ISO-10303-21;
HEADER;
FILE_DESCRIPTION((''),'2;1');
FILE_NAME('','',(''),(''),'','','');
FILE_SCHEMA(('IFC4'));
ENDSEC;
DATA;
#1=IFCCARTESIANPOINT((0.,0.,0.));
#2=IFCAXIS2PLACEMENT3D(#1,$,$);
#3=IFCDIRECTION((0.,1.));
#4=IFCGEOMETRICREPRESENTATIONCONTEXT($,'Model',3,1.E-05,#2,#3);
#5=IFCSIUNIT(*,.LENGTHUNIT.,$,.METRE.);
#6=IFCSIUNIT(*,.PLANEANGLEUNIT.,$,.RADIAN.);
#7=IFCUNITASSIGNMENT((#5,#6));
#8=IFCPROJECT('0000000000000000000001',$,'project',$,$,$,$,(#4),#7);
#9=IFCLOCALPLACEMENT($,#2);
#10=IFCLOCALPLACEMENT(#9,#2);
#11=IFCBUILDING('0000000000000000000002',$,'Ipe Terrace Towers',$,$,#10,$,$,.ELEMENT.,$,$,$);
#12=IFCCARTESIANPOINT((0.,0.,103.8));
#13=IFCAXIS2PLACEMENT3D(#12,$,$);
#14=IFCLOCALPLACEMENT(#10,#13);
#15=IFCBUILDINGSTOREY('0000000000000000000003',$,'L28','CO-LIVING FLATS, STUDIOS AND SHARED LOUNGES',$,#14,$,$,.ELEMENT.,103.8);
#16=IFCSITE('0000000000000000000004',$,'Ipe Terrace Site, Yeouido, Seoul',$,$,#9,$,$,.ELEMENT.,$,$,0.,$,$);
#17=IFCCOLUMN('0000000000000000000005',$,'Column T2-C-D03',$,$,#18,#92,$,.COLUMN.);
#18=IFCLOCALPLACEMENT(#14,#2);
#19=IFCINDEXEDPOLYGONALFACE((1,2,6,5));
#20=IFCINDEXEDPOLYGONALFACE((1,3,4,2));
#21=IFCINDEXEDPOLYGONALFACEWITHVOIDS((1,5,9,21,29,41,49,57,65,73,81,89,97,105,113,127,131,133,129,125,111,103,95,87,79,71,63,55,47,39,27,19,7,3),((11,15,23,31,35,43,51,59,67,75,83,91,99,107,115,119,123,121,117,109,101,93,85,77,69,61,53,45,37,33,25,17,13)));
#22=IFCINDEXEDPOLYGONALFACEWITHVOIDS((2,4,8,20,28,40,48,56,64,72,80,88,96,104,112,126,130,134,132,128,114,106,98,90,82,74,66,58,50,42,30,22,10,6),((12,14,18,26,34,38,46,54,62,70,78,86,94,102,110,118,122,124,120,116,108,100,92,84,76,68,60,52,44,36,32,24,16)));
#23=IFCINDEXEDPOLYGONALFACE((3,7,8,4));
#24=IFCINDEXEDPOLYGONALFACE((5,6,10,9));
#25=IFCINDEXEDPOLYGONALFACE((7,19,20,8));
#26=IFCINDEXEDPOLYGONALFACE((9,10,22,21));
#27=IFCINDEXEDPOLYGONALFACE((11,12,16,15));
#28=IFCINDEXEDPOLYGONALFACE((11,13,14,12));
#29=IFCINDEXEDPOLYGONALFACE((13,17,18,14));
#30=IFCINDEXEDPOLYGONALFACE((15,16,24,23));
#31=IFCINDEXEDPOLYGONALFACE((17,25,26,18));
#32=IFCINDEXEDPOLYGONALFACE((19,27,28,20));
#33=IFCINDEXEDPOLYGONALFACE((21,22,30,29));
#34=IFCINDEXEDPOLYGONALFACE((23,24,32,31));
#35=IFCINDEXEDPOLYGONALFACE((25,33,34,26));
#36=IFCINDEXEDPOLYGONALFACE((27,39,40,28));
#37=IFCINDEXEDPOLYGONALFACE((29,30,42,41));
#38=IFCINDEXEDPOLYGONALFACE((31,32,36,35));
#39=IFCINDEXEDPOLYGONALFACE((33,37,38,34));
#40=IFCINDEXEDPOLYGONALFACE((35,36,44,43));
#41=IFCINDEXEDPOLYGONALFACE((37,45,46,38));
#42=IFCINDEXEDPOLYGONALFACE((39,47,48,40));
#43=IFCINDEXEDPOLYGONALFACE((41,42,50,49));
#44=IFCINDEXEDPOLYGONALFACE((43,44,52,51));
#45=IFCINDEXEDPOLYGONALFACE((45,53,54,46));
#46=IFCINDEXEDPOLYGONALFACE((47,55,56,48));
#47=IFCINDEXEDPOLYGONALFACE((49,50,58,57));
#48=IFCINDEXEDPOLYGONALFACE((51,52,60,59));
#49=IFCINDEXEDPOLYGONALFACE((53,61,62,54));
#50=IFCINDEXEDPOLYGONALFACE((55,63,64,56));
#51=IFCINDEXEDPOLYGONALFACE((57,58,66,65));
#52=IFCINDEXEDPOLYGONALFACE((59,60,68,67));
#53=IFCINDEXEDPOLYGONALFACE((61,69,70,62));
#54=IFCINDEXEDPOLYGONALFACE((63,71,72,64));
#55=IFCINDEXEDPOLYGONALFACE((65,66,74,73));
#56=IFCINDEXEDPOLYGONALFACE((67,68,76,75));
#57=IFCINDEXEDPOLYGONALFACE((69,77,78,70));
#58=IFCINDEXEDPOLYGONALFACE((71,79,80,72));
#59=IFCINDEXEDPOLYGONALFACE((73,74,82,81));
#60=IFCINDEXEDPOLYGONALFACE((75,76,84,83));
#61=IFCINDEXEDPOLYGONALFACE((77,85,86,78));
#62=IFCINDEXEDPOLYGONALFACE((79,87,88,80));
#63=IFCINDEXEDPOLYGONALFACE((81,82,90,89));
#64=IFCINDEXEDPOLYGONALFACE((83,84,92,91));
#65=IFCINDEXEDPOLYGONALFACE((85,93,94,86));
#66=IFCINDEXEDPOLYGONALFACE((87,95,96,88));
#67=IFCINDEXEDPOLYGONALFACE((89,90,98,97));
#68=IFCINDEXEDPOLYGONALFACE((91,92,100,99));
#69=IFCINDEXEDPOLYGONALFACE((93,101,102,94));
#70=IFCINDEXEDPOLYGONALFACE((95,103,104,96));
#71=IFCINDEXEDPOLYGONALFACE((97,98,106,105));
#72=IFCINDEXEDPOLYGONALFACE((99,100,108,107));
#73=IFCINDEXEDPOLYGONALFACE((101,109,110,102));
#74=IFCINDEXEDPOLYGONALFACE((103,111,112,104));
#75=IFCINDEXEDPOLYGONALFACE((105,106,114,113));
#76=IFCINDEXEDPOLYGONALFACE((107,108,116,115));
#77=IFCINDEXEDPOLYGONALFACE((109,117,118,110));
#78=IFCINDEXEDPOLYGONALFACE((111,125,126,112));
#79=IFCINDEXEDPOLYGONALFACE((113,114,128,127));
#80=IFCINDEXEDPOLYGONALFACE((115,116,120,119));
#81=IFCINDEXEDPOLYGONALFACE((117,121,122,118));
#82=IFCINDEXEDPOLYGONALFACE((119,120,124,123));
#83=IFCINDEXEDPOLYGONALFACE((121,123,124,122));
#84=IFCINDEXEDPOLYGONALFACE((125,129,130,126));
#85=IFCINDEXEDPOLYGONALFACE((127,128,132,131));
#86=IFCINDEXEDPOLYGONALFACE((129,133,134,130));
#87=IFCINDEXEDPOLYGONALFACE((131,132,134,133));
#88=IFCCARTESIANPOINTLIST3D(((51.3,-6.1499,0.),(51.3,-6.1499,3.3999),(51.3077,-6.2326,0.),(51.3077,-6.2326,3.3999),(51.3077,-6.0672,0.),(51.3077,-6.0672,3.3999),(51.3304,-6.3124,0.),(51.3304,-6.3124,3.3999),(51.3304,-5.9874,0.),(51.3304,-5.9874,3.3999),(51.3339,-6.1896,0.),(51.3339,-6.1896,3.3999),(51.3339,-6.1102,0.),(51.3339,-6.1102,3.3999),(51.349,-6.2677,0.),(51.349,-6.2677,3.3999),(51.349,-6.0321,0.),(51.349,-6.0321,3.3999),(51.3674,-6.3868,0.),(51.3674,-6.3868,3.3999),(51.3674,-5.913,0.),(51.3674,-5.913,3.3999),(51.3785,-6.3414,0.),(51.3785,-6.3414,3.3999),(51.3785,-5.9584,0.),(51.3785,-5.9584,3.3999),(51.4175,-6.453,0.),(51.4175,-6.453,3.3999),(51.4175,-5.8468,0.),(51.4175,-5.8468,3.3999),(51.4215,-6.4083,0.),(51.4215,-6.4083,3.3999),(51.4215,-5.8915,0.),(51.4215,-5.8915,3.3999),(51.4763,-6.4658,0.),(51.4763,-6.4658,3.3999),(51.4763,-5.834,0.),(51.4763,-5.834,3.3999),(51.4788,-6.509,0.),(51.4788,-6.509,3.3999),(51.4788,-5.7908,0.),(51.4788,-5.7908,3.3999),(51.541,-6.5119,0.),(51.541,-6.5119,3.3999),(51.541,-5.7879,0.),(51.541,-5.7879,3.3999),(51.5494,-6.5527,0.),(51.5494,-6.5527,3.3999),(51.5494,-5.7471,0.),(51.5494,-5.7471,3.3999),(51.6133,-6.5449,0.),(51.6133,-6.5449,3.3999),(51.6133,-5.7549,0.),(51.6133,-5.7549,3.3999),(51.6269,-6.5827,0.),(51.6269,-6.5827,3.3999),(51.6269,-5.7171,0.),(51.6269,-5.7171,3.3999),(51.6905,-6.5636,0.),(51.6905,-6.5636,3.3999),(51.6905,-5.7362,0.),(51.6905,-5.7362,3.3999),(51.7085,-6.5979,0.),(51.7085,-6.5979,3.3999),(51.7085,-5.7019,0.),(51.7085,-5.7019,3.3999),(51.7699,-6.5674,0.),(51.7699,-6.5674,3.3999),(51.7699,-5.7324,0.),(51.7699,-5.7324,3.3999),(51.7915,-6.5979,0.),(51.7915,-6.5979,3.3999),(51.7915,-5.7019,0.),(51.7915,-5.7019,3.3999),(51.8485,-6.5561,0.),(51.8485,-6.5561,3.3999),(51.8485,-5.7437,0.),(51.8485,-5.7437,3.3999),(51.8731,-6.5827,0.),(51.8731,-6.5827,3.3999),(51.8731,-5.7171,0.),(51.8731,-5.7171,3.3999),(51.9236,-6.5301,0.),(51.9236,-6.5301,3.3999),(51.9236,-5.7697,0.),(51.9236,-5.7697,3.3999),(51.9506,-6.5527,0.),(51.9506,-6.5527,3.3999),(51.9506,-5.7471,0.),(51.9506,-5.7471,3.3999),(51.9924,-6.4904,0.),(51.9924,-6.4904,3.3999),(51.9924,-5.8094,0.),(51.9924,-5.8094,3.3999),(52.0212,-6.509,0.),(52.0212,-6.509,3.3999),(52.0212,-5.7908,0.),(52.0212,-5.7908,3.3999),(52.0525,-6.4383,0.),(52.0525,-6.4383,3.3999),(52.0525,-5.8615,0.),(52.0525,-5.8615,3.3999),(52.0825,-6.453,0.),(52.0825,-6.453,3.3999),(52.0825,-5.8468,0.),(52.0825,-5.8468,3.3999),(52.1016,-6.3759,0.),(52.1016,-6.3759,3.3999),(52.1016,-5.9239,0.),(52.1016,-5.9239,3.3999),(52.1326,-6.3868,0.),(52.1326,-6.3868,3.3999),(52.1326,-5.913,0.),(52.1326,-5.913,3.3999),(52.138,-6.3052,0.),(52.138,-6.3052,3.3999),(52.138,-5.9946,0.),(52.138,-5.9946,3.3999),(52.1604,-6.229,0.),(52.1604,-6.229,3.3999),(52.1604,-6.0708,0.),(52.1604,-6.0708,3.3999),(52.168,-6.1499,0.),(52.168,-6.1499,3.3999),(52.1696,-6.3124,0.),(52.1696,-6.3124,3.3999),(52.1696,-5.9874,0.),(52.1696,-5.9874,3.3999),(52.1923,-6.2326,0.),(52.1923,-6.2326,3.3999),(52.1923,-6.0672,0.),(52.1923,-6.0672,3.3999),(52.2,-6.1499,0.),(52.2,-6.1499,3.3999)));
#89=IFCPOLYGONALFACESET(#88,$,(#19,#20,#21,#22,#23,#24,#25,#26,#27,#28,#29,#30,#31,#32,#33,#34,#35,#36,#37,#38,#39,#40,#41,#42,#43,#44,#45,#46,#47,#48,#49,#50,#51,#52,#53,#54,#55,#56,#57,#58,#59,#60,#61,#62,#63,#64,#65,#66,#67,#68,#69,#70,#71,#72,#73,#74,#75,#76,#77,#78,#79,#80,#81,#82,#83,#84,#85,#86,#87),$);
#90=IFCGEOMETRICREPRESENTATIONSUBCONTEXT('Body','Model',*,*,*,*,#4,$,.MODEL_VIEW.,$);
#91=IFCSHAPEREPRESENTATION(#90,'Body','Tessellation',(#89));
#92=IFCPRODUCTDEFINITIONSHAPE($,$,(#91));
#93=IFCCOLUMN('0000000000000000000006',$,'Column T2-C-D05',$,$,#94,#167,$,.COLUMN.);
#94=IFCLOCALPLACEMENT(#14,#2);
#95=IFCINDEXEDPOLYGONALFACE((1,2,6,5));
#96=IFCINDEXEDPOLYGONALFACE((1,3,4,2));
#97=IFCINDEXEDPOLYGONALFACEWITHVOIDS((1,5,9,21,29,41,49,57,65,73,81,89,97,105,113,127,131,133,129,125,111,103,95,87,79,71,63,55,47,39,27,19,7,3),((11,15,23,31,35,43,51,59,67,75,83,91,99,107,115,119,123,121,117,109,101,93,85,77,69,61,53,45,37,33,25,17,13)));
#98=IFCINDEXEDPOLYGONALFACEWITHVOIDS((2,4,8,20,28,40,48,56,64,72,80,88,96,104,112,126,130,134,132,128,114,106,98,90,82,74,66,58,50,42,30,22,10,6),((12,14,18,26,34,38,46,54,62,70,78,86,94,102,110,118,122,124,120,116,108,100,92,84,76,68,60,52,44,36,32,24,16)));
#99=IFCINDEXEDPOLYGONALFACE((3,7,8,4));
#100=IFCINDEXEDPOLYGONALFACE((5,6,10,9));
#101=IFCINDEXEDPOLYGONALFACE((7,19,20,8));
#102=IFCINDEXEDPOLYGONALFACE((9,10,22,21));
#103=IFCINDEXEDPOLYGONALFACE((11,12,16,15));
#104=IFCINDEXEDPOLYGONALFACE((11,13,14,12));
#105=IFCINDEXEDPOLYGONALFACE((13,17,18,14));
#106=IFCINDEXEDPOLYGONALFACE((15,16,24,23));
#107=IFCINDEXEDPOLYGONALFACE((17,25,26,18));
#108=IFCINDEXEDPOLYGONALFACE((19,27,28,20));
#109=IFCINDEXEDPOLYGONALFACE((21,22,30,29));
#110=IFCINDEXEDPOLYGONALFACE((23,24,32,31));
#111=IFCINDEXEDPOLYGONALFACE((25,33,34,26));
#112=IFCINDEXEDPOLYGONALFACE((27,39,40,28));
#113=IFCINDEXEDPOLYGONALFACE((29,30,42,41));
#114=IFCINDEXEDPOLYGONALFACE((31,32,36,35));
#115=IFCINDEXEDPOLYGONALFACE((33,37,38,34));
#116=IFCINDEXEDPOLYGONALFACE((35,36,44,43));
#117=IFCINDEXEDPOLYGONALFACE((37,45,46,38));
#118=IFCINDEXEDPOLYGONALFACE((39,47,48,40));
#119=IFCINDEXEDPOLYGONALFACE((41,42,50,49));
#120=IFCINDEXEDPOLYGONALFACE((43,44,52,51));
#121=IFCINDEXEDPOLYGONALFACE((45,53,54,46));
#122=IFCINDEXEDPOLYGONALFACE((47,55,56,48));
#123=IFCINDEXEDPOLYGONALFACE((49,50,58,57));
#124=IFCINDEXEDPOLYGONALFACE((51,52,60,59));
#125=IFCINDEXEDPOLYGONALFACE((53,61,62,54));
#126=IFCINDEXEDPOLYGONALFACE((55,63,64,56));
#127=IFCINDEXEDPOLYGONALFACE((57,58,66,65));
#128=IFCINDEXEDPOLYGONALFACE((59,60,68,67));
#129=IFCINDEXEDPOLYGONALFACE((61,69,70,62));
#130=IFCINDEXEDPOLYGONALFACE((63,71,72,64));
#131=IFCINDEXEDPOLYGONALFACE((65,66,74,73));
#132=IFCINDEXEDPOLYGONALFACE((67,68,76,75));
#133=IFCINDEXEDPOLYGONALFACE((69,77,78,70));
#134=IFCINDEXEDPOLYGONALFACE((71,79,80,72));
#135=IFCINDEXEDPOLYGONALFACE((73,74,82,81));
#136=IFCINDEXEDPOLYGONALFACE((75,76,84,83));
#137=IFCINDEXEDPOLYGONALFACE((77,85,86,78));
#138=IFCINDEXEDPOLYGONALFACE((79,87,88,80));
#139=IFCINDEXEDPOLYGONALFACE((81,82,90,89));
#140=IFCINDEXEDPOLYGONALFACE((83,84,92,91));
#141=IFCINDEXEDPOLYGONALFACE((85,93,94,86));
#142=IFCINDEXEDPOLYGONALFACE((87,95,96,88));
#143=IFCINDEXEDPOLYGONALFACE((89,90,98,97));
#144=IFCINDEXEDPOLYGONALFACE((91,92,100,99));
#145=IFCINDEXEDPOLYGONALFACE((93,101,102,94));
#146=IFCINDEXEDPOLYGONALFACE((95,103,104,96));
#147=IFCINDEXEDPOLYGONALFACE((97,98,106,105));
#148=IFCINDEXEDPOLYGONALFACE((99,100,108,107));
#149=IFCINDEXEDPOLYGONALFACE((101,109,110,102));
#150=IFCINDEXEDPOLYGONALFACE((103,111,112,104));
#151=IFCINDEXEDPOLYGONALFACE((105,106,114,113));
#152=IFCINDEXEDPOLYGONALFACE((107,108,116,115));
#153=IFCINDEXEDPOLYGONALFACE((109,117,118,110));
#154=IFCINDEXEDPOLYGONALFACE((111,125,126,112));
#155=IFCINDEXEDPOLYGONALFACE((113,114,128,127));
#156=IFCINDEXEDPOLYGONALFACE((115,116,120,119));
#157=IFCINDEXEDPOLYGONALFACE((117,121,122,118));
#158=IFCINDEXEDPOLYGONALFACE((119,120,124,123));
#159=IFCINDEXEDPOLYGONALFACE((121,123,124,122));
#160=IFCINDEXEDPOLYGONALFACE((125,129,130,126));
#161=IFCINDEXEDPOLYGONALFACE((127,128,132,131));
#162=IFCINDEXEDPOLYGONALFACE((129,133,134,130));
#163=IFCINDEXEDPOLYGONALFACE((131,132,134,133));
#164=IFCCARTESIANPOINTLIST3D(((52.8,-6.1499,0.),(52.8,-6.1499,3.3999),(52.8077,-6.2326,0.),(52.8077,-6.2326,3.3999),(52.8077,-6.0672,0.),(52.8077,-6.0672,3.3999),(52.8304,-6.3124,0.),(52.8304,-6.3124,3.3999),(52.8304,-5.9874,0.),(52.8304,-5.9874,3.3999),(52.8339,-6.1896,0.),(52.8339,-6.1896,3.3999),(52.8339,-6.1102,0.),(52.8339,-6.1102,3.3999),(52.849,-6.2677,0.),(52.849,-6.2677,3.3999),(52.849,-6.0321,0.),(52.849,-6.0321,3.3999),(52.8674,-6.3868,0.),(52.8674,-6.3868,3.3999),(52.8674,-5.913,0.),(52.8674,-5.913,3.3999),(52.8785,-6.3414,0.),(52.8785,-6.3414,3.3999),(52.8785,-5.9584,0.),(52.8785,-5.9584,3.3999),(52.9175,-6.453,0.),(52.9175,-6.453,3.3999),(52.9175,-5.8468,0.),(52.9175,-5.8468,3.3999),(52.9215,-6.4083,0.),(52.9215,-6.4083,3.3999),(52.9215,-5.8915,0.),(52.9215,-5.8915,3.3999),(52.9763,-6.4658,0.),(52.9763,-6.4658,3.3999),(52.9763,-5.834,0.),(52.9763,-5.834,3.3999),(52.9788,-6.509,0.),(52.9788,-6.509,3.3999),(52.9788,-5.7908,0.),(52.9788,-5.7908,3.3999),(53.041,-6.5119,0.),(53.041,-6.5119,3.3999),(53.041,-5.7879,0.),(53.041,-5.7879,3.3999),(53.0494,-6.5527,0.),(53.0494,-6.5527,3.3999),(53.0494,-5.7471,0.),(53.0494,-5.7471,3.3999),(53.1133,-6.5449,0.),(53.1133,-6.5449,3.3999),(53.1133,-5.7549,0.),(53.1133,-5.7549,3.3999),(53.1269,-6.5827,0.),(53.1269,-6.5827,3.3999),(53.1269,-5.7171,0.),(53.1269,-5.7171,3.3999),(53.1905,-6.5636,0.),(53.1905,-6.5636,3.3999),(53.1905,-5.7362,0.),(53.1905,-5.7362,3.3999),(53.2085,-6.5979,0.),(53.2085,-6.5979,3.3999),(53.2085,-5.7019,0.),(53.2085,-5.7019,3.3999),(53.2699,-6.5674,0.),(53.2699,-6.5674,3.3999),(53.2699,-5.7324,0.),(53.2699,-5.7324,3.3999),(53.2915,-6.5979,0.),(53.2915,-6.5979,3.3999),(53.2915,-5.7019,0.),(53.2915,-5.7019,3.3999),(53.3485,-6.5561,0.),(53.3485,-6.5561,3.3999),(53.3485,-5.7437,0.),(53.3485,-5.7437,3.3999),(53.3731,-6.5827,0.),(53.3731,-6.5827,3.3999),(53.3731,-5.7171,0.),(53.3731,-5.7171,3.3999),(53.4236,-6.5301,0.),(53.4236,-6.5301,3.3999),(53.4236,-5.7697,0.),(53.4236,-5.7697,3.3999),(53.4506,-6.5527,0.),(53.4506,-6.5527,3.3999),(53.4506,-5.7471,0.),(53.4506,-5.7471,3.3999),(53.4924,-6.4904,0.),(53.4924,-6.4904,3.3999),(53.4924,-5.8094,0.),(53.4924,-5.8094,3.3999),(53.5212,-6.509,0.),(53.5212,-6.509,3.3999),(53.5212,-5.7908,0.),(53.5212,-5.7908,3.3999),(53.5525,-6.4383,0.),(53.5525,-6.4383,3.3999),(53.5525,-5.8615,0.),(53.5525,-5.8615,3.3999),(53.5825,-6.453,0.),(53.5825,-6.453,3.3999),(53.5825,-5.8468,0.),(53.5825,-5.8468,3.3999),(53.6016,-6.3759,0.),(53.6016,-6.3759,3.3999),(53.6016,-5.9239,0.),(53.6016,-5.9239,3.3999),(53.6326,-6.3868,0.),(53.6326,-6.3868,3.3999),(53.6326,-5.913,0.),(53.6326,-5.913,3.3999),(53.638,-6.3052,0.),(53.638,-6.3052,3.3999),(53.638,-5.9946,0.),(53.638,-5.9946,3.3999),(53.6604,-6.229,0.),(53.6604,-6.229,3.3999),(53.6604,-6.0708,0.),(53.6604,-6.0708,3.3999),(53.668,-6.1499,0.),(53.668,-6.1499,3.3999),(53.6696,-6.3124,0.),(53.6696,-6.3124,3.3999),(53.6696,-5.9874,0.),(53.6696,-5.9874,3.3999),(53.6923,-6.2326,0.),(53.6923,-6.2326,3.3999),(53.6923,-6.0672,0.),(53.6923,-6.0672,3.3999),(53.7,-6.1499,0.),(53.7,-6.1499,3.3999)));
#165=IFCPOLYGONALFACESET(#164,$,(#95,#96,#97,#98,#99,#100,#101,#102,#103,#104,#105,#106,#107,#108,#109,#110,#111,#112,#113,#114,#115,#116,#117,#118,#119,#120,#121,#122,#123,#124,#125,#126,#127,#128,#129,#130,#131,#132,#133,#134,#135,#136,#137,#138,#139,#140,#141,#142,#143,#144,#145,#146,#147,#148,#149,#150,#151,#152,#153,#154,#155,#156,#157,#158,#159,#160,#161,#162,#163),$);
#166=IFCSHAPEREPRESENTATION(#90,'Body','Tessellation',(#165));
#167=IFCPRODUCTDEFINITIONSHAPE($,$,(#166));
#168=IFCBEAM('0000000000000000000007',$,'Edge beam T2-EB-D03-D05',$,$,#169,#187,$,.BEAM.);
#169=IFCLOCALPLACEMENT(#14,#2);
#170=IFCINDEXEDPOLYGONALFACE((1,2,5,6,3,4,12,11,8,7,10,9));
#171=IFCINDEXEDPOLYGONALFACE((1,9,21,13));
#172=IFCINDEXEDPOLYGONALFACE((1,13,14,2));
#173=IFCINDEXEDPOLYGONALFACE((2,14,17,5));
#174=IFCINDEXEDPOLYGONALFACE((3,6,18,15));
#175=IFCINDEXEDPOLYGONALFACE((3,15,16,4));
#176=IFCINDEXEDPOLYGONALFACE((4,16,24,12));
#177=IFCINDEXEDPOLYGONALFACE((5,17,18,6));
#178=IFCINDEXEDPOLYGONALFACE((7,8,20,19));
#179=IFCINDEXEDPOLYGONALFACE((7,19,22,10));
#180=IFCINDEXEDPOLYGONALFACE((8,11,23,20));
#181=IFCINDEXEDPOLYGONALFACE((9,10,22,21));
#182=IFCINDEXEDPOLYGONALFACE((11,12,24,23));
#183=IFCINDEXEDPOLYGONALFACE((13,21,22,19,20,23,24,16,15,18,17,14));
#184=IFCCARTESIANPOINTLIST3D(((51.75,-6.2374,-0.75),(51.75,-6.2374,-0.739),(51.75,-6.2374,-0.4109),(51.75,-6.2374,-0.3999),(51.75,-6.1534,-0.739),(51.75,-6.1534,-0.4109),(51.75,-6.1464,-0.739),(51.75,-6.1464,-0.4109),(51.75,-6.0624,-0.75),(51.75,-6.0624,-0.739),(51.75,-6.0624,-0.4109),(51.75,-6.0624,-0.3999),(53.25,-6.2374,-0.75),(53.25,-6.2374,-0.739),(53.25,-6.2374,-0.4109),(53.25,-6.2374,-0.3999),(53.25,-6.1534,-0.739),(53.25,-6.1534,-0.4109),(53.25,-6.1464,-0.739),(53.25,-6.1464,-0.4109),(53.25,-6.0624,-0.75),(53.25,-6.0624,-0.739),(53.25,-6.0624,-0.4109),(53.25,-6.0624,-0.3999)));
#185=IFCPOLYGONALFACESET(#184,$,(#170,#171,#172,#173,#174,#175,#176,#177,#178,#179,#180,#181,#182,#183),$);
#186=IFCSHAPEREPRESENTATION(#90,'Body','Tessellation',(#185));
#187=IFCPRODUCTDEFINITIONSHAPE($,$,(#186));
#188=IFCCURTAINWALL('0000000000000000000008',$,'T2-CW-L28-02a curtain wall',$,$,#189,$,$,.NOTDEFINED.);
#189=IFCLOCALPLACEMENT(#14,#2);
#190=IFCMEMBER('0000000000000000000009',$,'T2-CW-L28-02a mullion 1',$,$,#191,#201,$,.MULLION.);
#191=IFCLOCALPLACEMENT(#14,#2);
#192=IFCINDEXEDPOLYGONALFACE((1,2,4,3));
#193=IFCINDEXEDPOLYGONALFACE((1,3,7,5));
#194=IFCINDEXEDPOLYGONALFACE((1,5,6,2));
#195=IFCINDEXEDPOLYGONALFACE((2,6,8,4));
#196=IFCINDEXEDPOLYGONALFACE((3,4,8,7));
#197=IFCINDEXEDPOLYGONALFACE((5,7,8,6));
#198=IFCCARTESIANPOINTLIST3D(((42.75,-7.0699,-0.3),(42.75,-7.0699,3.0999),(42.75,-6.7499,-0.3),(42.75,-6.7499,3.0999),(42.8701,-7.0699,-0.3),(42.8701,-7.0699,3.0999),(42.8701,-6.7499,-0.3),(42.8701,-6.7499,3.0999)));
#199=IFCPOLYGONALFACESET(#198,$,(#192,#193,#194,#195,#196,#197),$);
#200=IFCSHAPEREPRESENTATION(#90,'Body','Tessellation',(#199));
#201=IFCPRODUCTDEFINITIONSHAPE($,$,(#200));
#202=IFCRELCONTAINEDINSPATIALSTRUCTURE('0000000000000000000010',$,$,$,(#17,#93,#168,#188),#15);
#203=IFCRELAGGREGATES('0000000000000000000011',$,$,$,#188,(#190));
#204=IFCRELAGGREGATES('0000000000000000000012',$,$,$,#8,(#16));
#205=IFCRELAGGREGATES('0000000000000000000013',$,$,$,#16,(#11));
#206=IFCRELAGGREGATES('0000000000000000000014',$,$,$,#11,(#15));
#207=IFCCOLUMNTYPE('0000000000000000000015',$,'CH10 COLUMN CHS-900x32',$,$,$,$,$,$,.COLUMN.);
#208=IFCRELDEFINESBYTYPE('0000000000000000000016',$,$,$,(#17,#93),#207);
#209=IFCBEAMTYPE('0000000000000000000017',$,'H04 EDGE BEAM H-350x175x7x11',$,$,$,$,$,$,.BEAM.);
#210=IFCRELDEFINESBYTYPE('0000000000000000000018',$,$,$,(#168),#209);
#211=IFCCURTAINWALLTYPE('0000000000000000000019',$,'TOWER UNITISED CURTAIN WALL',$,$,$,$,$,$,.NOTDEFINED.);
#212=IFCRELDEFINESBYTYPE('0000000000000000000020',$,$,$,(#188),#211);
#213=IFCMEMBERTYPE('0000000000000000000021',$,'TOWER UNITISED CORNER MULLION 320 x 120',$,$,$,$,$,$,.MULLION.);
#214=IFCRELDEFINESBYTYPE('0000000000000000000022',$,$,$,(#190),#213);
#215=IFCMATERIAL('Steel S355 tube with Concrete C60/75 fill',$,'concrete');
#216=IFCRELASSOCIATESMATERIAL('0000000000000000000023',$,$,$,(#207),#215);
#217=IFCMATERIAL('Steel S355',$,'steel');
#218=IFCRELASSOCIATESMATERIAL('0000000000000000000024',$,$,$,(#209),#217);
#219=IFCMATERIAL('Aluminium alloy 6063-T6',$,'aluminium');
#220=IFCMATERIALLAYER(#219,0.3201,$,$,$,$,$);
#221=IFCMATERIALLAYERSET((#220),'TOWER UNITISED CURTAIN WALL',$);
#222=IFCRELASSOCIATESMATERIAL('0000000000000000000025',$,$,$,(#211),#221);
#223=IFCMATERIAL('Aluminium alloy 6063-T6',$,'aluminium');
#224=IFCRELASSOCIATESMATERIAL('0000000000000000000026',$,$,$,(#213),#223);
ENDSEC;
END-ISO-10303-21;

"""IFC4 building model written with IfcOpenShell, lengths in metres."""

from ifc_helpers import new_model, si_unit, direction, frame, origin, origin_2d, place, context, subcontext, project, spatial, rectangle, hollow_circle, i_section, extrude, material, layer, layer_set, material_profile, profile_set, type_object, element, aggregate, save


model = new_model("IFC4")

# Units and contexts
model_context = context("Model", 3, precision=1e-05, world=origin(), true_north=direction((0.0, 1.0)))
body_context = subcontext(model_context, "Body", "Model", "MODEL_VIEW")
ifc_project = project(units=[si_unit("LENGTHUNIT", "METRE"), si_unit("PLANEANGLEUNIT", "RADIAN")], contexts=[model_context])

# Site, building, storey
site_placement = place(None, origin())
site = spatial("IfcSite", under=ifc_project, at=site_placement, Name="Ipe Terrace Site, Yeouido, Seoul", CompositionType="ELEMENT", RefElevation=0.0)
building_placement = place(site_placement, origin())
building = spatial("IfcBuilding", under=site, at=building_placement, Name="Ipe Terrace Towers", CompositionType="ELEMENT")
storey_placement = place(building_placement, frame((0.0, 0.0, 103.8)))
storey = spatial("IfcBuildingStorey", under=building, at=storey_placement, Name="L28", Description="CO-LIVING FLATS, STUDIOS AND SHARED LOUNGES", CompositionType="ELEMENT", Elevation=103.8)

# Columns
ifc_material_1 = material(Name="Steel S355 tube with Concrete C60/75 fill", Category="concrete")
ifc_material_profile_1 = material_profile(ifc_material_1, hollow_circle(Radius=0.45, WallThickness=0.032, at=origin_2d()), Name="CHS-900x32")
ifc_profile_set_1 = profile_set([ifc_material_profile_1], Name="Steel S355 tube with Concrete C60/75 fill")
column_type = type_object("IfcColumnType", Name="CH10 COLUMN CHS-900x32", PredefinedType="COLUMN", material=ifc_profile_set_1)
for number, where, z_axis, x_axis, name in (
    (1, (51.75, -6.1499, 0.0), (0.0, 0.0, 1.0), (1.0, 0.0, 0.0), "Column T2-C-D03"),
    (2, (53.25, -6.1499, 0.0), (0.0, 0.0, 1.0), (1.0, 0.0, 0.0), "Column T2-C-D05"),
):
    element("IfcColumn", number, at=place(storey_placement, frame(where, z_axis=z_axis, x_axis=x_axis)), inside=storey, type_object=column_type, Name=name, PredefinedType="COLUMN", context=body_context, shape_type="SweptSolid", body=[
        extrude(hollow_circle(Radius=0.45, WallThickness=0.032, at=origin_2d()), origin(), (0.0, 0.0, 1.0), 3.3999),
    ])

# Beam
ifc_material_2 = material(Name="Steel S355", Category="steel")
ifc_material_profile_2 = material_profile(ifc_material_2, i_section(OverallWidth=0.175, OverallDepth=0.3501, WebThickness=0.0071, FlangeThickness=0.011, at=origin_2d()), Name="H-350x175x7x11")
ifc_profile_set_2 = profile_set([ifc_material_profile_2], Name="Steel S355")
beam_type = type_object("IfcBeamType", Name="H04 EDGE BEAM H-350x175x7x11", PredefinedType="BEAM", material=ifc_profile_set_2)
beam_placement = place(storey_placement, frame((51.75, -6.1499, -0.575), z_axis=(1.0, 0.0, 0.0), x_axis=(0.0, 1.0, 0.0)))
element("IfcBeam", 3, at=beam_placement, inside=storey, type_object=beam_type, Name="Edge beam T2-EB-D03-D05", PredefinedType="BEAM", context=body_context, shape_type="SweptSolid", body=[
    extrude(i_section(OverallWidth=0.175, OverallDepth=0.3501, WebThickness=0.0071, FlangeThickness=0.011, at=origin_2d()), origin(), (0.0, 0.0, 1.0), 1.5),
])

# Curtain wall, member
ifc_material_3 = material(Name="Aluminium alloy 6063-T6", Category="aluminium")
ifc_layer_1 = layer(ifc_material_3, 0.3201)
ifc_layer_set_1 = layer_set([ifc_layer_1], Name="TOWER UNITISED CURTAIN WALL")
curtain_wall_type = type_object("IfcCurtainWallType", Name="TOWER UNITISED CURTAIN WALL", PredefinedType="NOTDEFINED", material=ifc_layer_set_1)
curtain_wall_1_placement = place(storey_placement, origin())
curtain_wall_1 = element("IfcCurtainWall", 4, at=curtain_wall_1_placement, inside=storey, type_object=curtain_wall_type, Name="T2-CW-L28-02a curtain wall", PredefinedType="NOTDEFINED")
ifc_material_4 = material(Name="Aluminium alloy 6063-T6", Category="aluminium")
ifc_material_profile_3 = material_profile(ifc_material_4, rectangle(XDim=0.3201, YDim=0.1201, at=origin_2d()), Name="TOWER UNITISED CORNER MULLION 320 x 120")
ifc_profile_set_3 = profile_set([ifc_material_profile_3], Name="Aluminium alloy 6063-T6")
member_type_1 = type_object("IfcMemberType", Name="TOWER UNITISED CORNER MULLION 320 x 120", PredefinedType="MULLION", material=ifc_profile_set_3)
member_1_placement = place(storey_placement, frame((42.8101, -6.9099, -0.3), z_axis=(0.0, 0.0, 1.0), x_axis=(0.0, -1.0, 0.0)))
member_1 = element("IfcMember", 5, at=member_1_placement, type_object=member_type_1, Name="T2-CW-L28-02a mullion 1", PredefinedType="MULLION", context=body_context, shape_type="SweptSolid", body=[
    extrude(rectangle(XDim=0.3201, YDim=0.1201, at=origin_2d()), origin(), (0.0, 0.0, 1.0), 3.3999),
])

aggregate(curtain_wall_1, [member_1])

save(model, "model.ifc")
